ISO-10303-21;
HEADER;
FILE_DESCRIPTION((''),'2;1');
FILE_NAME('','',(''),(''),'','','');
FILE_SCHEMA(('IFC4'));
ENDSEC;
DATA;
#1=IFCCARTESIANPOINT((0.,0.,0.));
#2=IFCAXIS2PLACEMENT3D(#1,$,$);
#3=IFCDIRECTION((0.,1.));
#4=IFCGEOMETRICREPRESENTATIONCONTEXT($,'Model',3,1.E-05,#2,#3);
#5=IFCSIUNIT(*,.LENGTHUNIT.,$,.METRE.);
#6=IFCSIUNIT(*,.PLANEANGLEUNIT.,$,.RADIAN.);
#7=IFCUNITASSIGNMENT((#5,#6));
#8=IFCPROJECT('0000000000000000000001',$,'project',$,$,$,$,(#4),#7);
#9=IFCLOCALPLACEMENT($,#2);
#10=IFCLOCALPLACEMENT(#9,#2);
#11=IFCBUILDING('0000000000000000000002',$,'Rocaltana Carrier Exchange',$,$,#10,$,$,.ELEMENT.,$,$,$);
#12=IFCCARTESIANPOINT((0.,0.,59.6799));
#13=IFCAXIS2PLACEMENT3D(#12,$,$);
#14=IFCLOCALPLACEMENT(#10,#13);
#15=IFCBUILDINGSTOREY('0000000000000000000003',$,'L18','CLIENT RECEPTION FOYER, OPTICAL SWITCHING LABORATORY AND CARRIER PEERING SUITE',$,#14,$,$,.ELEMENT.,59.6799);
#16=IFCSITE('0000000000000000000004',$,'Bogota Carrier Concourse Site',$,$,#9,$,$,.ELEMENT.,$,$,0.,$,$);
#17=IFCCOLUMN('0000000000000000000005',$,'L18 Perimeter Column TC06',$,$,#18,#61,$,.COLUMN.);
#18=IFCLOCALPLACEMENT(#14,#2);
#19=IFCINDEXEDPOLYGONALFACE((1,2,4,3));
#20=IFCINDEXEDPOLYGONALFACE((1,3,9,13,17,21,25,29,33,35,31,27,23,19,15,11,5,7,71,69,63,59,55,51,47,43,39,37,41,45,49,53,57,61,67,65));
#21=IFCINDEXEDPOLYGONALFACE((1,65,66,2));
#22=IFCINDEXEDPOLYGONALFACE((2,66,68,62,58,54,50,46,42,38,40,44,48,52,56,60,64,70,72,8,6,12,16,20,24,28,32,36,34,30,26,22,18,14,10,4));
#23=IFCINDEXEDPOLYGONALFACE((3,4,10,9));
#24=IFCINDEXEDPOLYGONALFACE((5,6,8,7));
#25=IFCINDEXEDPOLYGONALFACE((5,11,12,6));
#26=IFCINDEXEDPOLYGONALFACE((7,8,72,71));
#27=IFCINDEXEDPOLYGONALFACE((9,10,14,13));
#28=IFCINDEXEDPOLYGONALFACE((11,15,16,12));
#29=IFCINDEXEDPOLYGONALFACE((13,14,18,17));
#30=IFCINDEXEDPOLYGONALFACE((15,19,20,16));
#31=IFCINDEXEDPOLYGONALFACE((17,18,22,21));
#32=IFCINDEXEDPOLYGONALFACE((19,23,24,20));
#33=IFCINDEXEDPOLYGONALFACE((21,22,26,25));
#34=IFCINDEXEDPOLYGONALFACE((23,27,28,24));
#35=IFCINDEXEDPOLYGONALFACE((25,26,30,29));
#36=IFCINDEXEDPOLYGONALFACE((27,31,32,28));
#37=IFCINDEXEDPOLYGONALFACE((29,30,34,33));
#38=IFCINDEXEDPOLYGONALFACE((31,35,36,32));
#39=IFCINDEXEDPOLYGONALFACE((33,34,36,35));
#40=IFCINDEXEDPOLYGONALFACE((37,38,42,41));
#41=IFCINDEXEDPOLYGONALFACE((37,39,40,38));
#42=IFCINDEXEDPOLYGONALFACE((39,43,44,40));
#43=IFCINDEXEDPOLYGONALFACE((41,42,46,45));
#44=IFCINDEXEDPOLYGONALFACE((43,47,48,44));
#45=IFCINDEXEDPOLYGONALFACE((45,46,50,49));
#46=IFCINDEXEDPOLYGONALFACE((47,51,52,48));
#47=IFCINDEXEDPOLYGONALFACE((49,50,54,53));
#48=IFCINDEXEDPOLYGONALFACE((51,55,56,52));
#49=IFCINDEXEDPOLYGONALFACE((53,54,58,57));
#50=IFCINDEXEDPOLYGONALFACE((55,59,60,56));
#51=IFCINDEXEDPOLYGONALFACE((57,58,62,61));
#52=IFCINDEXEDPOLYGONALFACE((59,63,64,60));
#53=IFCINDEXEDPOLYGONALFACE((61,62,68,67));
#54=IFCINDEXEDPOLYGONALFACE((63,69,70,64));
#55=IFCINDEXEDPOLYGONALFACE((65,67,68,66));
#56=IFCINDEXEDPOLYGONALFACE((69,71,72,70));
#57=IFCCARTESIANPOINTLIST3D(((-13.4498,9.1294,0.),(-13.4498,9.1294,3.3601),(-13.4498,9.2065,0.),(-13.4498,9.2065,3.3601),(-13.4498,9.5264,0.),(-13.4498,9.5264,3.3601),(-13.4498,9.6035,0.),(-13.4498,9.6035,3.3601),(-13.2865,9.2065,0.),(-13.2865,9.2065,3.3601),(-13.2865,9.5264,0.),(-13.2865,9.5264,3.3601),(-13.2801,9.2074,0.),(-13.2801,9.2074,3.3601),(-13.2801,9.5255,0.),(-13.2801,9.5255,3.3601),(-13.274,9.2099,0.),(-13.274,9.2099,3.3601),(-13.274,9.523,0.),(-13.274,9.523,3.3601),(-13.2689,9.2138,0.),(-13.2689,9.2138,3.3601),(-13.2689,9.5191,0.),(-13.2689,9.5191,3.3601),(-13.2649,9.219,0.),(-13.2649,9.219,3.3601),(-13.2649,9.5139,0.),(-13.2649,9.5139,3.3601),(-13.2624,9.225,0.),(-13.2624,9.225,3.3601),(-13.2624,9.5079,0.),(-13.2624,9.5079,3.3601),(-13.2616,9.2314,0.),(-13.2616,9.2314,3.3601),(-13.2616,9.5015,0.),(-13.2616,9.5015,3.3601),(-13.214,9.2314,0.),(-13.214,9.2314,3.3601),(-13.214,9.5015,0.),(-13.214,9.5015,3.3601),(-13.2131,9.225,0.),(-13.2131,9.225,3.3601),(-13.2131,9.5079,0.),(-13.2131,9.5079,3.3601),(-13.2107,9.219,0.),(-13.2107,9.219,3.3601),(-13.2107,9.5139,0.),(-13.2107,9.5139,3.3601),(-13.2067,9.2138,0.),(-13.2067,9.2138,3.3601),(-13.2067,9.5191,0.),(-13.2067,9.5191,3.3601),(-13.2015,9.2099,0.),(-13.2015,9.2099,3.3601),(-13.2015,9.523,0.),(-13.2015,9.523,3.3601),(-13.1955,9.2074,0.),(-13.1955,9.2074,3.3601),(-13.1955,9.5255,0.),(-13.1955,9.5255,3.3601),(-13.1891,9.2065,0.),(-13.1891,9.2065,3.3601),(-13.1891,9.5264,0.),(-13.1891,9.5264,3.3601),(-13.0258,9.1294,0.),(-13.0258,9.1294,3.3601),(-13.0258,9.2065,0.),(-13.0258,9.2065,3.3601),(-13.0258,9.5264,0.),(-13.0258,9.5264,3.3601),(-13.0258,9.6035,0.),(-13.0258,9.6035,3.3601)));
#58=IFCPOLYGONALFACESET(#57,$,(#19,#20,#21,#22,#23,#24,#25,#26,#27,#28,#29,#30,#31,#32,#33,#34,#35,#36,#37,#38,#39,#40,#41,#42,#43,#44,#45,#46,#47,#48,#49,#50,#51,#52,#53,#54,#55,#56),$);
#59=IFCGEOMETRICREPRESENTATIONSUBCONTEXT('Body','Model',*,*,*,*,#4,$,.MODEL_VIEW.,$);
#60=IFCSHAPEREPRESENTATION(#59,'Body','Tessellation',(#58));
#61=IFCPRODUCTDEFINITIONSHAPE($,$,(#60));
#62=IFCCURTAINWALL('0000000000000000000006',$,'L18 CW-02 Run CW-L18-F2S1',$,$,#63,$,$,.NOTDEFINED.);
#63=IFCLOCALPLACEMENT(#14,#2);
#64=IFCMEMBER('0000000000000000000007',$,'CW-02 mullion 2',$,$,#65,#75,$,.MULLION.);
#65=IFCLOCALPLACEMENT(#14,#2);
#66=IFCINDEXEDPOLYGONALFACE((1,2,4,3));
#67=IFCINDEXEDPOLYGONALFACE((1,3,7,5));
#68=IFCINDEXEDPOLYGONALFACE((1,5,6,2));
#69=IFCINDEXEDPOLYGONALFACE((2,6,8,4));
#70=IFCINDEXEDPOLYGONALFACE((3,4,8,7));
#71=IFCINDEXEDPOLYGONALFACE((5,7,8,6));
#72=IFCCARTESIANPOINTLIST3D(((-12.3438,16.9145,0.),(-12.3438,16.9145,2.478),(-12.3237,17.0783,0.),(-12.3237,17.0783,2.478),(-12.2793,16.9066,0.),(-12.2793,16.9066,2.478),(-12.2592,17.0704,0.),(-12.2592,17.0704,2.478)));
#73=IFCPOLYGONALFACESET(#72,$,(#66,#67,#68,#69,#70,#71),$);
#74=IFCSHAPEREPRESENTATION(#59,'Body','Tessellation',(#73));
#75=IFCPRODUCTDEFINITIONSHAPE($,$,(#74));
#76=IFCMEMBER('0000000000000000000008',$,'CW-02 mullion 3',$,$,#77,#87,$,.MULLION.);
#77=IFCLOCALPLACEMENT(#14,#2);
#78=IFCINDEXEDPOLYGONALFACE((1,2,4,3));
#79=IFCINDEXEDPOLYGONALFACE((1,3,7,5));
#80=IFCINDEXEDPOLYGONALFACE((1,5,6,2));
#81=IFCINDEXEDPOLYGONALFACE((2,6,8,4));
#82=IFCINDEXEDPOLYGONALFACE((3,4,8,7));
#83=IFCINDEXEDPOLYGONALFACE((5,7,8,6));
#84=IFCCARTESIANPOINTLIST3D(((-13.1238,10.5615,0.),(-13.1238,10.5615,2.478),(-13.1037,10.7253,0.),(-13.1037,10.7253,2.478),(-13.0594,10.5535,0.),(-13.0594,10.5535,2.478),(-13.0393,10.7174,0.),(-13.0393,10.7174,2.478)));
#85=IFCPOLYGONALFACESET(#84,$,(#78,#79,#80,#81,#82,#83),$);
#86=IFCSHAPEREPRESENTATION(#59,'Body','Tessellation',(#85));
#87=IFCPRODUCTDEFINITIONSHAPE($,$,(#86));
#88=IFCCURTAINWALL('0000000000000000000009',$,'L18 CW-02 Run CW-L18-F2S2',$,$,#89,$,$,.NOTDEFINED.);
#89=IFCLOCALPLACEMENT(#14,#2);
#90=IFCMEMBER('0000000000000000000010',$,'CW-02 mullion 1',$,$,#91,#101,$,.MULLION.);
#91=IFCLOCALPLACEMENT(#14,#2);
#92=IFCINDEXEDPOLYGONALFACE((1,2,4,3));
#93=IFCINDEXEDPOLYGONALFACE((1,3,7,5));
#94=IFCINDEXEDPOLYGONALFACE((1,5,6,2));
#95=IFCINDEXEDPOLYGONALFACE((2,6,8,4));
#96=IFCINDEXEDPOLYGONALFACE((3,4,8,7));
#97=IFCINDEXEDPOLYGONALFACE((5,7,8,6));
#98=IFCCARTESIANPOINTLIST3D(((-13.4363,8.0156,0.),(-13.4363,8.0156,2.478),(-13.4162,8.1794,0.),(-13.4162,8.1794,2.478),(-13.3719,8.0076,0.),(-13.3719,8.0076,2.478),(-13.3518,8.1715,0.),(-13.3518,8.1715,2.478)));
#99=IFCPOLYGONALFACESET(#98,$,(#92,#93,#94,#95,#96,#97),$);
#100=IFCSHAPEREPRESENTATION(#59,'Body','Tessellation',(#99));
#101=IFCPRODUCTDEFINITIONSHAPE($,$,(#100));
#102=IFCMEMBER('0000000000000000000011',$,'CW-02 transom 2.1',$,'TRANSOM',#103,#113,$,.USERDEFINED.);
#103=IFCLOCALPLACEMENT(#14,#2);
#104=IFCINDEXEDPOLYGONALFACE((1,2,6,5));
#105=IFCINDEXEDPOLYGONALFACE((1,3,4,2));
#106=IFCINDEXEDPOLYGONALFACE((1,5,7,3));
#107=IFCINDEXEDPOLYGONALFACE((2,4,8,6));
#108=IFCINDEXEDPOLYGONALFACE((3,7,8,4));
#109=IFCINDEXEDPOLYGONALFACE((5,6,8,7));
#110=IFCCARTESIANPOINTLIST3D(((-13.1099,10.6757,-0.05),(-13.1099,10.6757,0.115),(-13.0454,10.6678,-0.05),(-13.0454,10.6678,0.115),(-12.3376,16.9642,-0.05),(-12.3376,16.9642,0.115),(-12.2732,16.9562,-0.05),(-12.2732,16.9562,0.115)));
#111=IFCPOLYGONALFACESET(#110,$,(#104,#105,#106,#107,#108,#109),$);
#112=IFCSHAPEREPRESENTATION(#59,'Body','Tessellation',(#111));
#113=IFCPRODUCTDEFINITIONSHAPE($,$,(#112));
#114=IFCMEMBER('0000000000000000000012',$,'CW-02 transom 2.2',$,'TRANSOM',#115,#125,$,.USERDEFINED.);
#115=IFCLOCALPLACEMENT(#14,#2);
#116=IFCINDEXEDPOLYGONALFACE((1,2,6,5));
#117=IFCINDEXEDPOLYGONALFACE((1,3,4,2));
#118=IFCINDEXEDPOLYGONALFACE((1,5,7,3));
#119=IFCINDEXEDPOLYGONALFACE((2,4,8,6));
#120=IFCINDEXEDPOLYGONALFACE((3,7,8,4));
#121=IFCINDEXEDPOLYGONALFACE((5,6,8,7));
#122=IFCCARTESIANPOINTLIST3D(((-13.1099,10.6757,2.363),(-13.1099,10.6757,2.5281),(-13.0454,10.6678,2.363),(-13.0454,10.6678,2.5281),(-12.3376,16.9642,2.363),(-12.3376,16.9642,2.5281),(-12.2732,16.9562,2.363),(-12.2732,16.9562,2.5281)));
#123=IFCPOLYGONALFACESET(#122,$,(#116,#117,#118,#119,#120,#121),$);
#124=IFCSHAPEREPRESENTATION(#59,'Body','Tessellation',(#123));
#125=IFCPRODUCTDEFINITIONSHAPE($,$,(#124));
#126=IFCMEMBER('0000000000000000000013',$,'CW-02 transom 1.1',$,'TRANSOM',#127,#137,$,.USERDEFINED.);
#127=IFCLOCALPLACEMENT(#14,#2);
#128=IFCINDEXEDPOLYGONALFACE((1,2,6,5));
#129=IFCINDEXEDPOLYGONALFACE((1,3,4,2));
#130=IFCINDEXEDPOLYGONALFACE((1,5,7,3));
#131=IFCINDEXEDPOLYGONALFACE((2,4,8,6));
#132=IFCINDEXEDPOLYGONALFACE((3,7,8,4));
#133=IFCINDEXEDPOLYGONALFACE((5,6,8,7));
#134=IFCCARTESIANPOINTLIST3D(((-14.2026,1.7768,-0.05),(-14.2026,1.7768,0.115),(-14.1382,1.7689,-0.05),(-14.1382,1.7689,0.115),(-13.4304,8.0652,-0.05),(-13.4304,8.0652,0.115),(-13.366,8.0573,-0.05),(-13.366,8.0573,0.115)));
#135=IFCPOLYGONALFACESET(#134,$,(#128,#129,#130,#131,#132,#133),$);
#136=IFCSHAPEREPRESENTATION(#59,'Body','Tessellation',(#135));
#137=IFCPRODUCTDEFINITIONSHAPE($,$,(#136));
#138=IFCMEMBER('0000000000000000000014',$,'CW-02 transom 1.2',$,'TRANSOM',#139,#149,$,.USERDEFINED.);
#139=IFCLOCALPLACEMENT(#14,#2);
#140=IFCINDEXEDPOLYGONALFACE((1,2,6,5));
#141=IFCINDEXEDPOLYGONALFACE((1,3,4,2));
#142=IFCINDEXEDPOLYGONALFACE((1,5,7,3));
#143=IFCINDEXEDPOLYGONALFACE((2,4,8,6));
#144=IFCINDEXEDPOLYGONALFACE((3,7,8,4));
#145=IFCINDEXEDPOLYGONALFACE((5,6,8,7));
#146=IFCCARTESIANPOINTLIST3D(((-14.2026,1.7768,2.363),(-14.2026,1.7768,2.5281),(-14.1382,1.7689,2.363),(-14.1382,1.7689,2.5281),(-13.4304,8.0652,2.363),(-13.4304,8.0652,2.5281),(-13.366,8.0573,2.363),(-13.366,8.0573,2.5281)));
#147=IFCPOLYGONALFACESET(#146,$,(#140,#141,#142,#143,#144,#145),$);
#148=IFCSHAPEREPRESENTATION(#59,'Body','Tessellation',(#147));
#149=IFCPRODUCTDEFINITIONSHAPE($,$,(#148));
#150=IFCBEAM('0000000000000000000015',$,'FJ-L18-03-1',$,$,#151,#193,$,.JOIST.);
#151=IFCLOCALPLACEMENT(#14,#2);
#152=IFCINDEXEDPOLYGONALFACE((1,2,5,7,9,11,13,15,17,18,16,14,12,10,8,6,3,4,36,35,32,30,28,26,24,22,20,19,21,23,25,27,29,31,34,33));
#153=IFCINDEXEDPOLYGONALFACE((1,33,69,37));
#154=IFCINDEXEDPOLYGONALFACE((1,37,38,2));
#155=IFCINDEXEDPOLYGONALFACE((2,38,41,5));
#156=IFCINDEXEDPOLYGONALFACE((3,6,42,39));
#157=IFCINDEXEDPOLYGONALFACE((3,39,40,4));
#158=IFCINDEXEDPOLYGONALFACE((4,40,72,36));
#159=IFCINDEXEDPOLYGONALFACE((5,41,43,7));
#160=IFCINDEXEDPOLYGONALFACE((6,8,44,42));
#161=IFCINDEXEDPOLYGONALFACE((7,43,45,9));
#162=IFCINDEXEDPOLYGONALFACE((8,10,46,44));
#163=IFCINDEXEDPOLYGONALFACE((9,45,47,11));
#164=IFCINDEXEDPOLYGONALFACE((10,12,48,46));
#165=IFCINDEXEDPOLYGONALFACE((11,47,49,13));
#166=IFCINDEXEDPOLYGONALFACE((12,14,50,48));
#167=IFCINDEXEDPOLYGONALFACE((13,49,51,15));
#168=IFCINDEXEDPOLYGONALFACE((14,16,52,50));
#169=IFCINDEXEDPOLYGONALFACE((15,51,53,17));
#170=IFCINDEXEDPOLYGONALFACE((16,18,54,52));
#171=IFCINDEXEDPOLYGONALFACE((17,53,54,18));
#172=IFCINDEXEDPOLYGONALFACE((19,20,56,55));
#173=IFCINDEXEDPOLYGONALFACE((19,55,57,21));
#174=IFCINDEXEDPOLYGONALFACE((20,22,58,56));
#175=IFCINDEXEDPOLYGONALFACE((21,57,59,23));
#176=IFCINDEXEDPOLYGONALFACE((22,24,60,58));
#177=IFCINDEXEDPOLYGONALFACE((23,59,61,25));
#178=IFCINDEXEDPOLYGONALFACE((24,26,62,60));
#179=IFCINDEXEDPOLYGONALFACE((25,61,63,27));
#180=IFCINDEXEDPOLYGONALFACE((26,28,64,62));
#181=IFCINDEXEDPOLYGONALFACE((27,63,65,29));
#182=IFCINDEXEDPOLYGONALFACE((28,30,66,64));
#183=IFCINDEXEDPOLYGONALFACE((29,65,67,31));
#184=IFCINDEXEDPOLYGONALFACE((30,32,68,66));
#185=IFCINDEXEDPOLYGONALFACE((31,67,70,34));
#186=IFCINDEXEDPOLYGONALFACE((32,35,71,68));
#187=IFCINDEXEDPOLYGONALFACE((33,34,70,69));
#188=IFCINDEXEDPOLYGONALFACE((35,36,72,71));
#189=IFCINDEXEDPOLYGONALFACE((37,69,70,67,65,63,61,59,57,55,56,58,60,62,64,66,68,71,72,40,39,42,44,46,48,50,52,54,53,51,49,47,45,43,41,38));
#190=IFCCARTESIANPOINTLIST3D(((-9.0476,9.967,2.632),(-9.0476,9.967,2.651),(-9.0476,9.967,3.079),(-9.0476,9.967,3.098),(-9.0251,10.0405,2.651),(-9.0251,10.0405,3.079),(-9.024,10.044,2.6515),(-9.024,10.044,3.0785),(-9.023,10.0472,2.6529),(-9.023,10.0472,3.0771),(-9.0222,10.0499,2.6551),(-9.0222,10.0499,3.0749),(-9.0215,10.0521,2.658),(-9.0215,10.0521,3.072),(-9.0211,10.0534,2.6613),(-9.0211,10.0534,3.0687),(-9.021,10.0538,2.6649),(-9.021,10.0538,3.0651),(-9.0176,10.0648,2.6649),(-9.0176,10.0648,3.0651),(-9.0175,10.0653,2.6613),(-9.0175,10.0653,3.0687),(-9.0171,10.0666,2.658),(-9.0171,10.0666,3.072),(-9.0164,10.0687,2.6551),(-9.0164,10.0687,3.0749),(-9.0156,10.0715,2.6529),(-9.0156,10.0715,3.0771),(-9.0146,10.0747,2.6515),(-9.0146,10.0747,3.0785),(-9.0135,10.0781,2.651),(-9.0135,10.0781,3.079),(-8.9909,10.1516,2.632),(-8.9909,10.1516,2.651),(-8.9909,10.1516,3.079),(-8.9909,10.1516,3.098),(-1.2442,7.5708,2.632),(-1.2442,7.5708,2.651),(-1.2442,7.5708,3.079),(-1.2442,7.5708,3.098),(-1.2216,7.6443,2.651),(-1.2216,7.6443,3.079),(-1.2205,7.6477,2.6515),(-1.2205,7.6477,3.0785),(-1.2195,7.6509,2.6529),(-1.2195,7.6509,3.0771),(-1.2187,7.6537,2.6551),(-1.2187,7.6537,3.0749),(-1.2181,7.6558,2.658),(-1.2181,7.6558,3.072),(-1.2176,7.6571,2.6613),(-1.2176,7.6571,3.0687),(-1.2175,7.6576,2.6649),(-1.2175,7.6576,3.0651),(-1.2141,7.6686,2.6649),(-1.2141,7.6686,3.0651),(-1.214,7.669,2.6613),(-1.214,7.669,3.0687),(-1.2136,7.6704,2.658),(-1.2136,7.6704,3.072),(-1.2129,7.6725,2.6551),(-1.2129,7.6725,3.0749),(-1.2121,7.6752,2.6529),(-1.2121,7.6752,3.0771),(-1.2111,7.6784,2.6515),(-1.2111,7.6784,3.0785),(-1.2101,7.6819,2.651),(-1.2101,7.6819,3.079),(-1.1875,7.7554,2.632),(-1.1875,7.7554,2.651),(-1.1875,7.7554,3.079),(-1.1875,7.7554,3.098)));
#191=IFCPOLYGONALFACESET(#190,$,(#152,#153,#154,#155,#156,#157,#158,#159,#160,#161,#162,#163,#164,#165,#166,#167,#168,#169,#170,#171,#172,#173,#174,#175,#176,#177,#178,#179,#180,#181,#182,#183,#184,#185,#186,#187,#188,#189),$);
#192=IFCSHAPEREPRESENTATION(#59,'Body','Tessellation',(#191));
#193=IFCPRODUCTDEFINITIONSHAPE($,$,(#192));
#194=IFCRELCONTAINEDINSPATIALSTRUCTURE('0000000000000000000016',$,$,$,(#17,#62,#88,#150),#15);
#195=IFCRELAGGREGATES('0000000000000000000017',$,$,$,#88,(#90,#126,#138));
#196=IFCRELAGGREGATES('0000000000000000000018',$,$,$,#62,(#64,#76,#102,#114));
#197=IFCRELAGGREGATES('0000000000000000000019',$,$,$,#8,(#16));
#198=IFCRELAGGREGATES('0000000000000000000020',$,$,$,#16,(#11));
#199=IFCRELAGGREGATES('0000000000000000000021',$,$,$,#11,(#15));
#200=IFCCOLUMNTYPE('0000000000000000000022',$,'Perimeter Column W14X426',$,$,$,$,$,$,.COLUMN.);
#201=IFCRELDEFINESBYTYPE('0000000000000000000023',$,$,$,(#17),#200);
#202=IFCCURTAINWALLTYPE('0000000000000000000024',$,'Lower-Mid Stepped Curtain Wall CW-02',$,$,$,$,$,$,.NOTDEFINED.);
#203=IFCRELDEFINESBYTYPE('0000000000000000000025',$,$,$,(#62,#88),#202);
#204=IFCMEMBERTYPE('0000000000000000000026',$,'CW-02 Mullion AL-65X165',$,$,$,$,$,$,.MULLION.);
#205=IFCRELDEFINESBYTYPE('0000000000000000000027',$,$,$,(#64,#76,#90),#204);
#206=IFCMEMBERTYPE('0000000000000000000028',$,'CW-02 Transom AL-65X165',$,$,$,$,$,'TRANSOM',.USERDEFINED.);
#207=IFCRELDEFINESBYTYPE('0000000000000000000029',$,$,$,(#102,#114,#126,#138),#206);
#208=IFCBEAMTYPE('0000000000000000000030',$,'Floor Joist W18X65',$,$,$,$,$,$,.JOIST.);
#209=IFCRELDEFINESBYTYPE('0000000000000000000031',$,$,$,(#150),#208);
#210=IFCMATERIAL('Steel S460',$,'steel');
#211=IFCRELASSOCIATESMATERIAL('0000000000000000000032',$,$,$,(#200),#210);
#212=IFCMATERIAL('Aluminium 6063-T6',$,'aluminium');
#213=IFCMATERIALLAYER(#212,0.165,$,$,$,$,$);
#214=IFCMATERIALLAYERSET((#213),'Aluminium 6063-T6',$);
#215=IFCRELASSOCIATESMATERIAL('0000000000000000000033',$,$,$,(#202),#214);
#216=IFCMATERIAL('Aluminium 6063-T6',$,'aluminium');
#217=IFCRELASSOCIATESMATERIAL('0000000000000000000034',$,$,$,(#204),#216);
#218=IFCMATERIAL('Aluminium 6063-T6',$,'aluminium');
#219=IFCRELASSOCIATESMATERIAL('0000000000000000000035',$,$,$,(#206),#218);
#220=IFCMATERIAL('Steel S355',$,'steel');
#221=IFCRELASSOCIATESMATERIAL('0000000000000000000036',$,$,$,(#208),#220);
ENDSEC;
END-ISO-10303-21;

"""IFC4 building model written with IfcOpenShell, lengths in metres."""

from ifc_helpers import new_model, si_unit, direction, frame, origin, origin_2d, place, context, subcontext, project, spatial, rectangle, i_section, extrude, material, layer, layer_set, material_profile, profile_set, type_object, element, aggregate, save


model = new_model("IFC4")

# Units and contexts
model_context = context("Model", 3, precision=1e-05, world=origin(), true_north=direction((0.0, 1.0)))
body_context = subcontext(model_context, "Body", "Model", "MODEL_VIEW")
ifc_project = project(units=[si_unit("LENGTHUNIT", "METRE"), si_unit("PLANEANGLEUNIT", "RADIAN")], contexts=[model_context])

# Site, building, storey
site_placement = place(None, origin())
site = spatial("IfcSite", under=ifc_project, at=site_placement, Name="Bogota Carrier Concourse Site", CompositionType="ELEMENT", RefElevation=0.0)
building_placement = place(site_placement, origin())
building = spatial("IfcBuilding", under=site, at=building_placement, Name="Rocaltana Carrier Exchange", CompositionType="ELEMENT")
storey_placement = place(building_placement, frame((0.0, 0.0, 59.6799)))
storey = spatial("IfcBuildingStorey", under=building, at=storey_placement, Name="L18", Description="CLIENT RECEPTION FOYER, OPTICAL SWITCHING LABORATORY AND CARRIER PEERING SUITE", CompositionType="ELEMENT", Elevation=59.6799)

# Column
ifc_material_1 = material(Name="Steel S460", Category="steel")
ifc_material_profile_1 = material_profile(ifc_material_1, i_section(OverallWidth=0.4241, OverallDepth=0.4741, WebThickness=0.0476, FlangeThickness=0.0771, FilletRadius=0.0249, at=origin_2d()), Name="W14X426")
ifc_profile_set_1 = profile_set([ifc_material_profile_1], Name="Steel S460")
column_type = type_object("IfcColumnType", Name="Perimeter Column W14X426", PredefinedType="COLUMN", material=ifc_profile_set_1)
column_placement = place(storey_placement, frame((-13.2378, 9.3665, 0.0), z_axis=(0.0, 0.0, 1.0), x_axis=(1.0, 0.0, 0.0)))
element("IfcColumn", 1, at=column_placement, inside=storey, type_object=column_type, Name="L18 Perimeter Column TC06", PredefinedType="COLUMN", context=body_context, shape_type="SweptSolid", body=[
    extrude(i_section(OverallWidth=0.4241, OverallDepth=0.4741, WebThickness=0.0476, FlangeThickness=0.0771, FilletRadius=0.0249, at=origin_2d()), origin(), (0.0, 0.0, 1.0), 3.3601),
])

# Curtain wall, members
ifc_material_2 = material(Name="Aluminium 6063-T6", Category="aluminium")
ifc_layer_1 = layer(ifc_material_2, 0.165)
ifc_layer_set_1 = layer_set([ifc_layer_1], Name="Aluminium 6063-T6")
curtain_wall_type = type_object("IfcCurtainWallType", Name="Lower-Mid Stepped Curtain Wall CW-02", PredefinedType="NOTDEFINED", material=ifc_layer_set_1)
curtain_wall_1_placement = place(storey_placement, origin())
curtain_wall_1 = element("IfcCurtainWall", 2, at=curtain_wall_1_placement, inside=storey, type_object=curtain_wall_type, Name="L18 CW-02 Run CW-L18-F2S1", PredefinedType="NOTDEFINED")
ifc_material_3 = material(Name="Aluminium 6063-T6", Category="aluminium")
ifc_material_profile_2 = material_profile(ifc_material_3, rectangle(XDim=0.0649, YDim=0.165, at=origin_2d()), Name="AL-65X165")
ifc_profile_set_2 = profile_set([ifc_material_profile_2], Name="Aluminium 6063-T6")
member_type_1 = type_object("IfcMemberType", Name="CW-02 Mullion AL-65X165", PredefinedType="MULLION", material=ifc_profile_set_2)
member_1_placement = place(storey_placement, frame((-12.3015, 16.9924, 0.0), z_axis=(0.0, 0.0, 1.0), x_axis=(0.992546, -0.121873, 0.0)))
member_1 = element("IfcMember", 3, at=member_1_placement, type_object=member_type_1, Name="CW-02 mullion 2", PredefinedType="MULLION", context=body_context, shape_type="SweptSolid", body=[
    extrude(rectangle(XDim=0.0649, YDim=0.165, at=origin_2d()), origin(), (0.0, 0.0, 1.0), 2.478),
])
member_2_placement = place(storey_placement, frame((-13.0815, 10.6394, 0.0), z_axis=(0.0, 0.0, 1.0), x_axis=(0.992546, -0.121873, 0.0)))
member_2 = element("IfcMember", 4, at=member_2_placement, type_object=member_type_1, Name="CW-02 mullion 3", PredefinedType="MULLION", context=body_context, shape_type="SweptSolid", body=[
    extrude(rectangle(XDim=0.0649, YDim=0.165, at=origin_2d()), origin(), (0.0, 0.0, 1.0), 2.478),
])

# Curtain wall, member
curtain_wall_2_placement = place(storey_placement, origin())
curtain_wall_2 = element("IfcCurtainWall", 5, at=curtain_wall_2_placement, inside=storey, type_object=curtain_wall_type, Name="L18 CW-02 Run CW-L18-F2S2", PredefinedType="NOTDEFINED")
member_3_placement = place(storey_placement, frame((-13.394, 8.0935, 0.0), z_axis=(0.0, 0.0, 1.0), x_axis=(0.992546, -0.121874, 0.0)))
member_3 = element("IfcMember", 6, at=member_3_placement, type_object=member_type_1, Name="CW-02 mullion 1", PredefinedType="MULLION", context=body_context, shape_type="SweptSolid", body=[
    extrude(rectangle(XDim=0.0649, YDim=0.165, at=origin_2d()), origin(), (0.0, 0.0, 1.0), 2.478),
])

# Members
ifc_material_4 = material(Name="Aluminium 6063-T6", Category="aluminium")
ifc_material_profile_3 = material_profile(ifc_material_4, rectangle(XDim=0.0649, YDim=0.165, at=origin_2d()), Name="AL-65X165")
ifc_profile_set_3 = profile_set([ifc_material_profile_3], Name="Aluminium 6063-T6")
member_type_2 = type_object("IfcMemberType", Name="CW-02 Transom AL-65X165", ElementType="TRANSOM", PredefinedType="USERDEFINED", material=ifc_profile_set_3)
member_4_placement = place(storey_placement, frame((-12.3054, 16.9602, 0.0325), z_axis=(-0.121881, -0.992545, 0.0), x_axis=(0.992545, -0.121881, 0.0)))
member_4 = element("IfcMember", 7, at=member_4_placement, type_object=member_type_2, Name="CW-02 transom 2.1", ObjectType="TRANSOM", PredefinedType="USERDEFINED", context=body_context, shape_type="SweptSolid", body=[
    extrude(rectangle(XDim=0.0649, YDim=0.165, at=origin_2d()), origin(), (0.0, 0.0, 1.0), 6.3357),
])
member_5_placement = place(storey_placement, frame((-12.3054, 16.9602, 2.4456), z_axis=(-0.121881, -0.992545, 0.0), x_axis=(0.992545, -0.121881, 0.0)))
member_5 = element("IfcMember", 8, at=member_5_placement, type_object=member_type_2, Name="CW-02 transom 2.2", ObjectType="TRANSOM", PredefinedType="USERDEFINED", context=body_context, shape_type="SweptSolid", body=[
    extrude(rectangle(XDim=0.0649, YDim=0.165, at=origin_2d()), origin(), (0.0, 0.0, 1.0), 6.3357),
])
member_6_placement = place(storey_placement, frame((-13.3982, 8.0613, 0.0325), z_axis=(-0.121881, -0.992545, 0.0), x_axis=(0.992545, -0.121881, 0.0)))
member_6 = element("IfcMember", 9, at=member_6_placement, type_object=member_type_2, Name="CW-02 transom 1.1", ObjectType="TRANSOM", PredefinedType="USERDEFINED", context=body_context, shape_type="SweptSolid", body=[
    extrude(rectangle(XDim=0.0649, YDim=0.165, at=origin_2d()), origin(), (0.0, 0.0, 1.0), 6.3357),
])
member_7_placement = place(storey_placement, frame((-13.3982, 8.0613, 2.4456), z_axis=(-0.121881, -0.992545, 0.0), x_axis=(0.992545, -0.121881, 0.0)))
member_7 = element("IfcMember", 10, at=member_7_placement, type_object=member_type_2, Name="CW-02 transom 1.2", ObjectType="TRANSOM", PredefinedType="USERDEFINED", context=body_context, shape_type="SweptSolid", body=[
    extrude(rectangle(XDim=0.0649, YDim=0.165, at=origin_2d()), origin(), (0.0, 0.0, 1.0), 6.3357),
])
aggregate(curtain_wall_2, [member_3, member_6, member_7])

# Beam
ifc_material_5 = material(Name="Steel S355", Category="steel")
ifc_material_profile_4 = material_profile(ifc_material_5, i_section(OverallWidth=0.1931, OverallDepth=0.4661, WebThickness=0.0115, FlangeThickness=0.019, FilletRadius=0.0139, at=origin_2d()), Name="W18X65")
ifc_profile_set_4 = profile_set([ifc_material_profile_4], Name="Steel S355")
beam_type_1 = type_object("IfcBeamType", Name="Floor Joist W18X65", PredefinedType="JOIST", material=ifc_profile_set_4)
beam_1_placement = place(storey_placement, frame((-1.2158, 7.6631, 2.865), z_axis=(-0.955945, 0.293546, 0.0), x_axis=(-0.293546, -0.955945, 0.0)))
element("IfcBeam", 11, at=beam_1_placement, inside=storey, type_object=beam_type_1, Name="FJ-L18-03-1", PredefinedType="JOIST", context=body_context, shape_type="SweptSolid", body=[
    extrude(i_section(OverallWidth=0.1931, OverallDepth=0.4661, WebThickness=0.0115, FlangeThickness=0.019, FilletRadius=0.0139, at=origin_2d()), origin(), (0.0, 0.0, 1.0), 8.1631),
])

aggregate(curtain_wall_1, [member_1, member_2, member_4, member_5])

save(model, "model.ifc")
